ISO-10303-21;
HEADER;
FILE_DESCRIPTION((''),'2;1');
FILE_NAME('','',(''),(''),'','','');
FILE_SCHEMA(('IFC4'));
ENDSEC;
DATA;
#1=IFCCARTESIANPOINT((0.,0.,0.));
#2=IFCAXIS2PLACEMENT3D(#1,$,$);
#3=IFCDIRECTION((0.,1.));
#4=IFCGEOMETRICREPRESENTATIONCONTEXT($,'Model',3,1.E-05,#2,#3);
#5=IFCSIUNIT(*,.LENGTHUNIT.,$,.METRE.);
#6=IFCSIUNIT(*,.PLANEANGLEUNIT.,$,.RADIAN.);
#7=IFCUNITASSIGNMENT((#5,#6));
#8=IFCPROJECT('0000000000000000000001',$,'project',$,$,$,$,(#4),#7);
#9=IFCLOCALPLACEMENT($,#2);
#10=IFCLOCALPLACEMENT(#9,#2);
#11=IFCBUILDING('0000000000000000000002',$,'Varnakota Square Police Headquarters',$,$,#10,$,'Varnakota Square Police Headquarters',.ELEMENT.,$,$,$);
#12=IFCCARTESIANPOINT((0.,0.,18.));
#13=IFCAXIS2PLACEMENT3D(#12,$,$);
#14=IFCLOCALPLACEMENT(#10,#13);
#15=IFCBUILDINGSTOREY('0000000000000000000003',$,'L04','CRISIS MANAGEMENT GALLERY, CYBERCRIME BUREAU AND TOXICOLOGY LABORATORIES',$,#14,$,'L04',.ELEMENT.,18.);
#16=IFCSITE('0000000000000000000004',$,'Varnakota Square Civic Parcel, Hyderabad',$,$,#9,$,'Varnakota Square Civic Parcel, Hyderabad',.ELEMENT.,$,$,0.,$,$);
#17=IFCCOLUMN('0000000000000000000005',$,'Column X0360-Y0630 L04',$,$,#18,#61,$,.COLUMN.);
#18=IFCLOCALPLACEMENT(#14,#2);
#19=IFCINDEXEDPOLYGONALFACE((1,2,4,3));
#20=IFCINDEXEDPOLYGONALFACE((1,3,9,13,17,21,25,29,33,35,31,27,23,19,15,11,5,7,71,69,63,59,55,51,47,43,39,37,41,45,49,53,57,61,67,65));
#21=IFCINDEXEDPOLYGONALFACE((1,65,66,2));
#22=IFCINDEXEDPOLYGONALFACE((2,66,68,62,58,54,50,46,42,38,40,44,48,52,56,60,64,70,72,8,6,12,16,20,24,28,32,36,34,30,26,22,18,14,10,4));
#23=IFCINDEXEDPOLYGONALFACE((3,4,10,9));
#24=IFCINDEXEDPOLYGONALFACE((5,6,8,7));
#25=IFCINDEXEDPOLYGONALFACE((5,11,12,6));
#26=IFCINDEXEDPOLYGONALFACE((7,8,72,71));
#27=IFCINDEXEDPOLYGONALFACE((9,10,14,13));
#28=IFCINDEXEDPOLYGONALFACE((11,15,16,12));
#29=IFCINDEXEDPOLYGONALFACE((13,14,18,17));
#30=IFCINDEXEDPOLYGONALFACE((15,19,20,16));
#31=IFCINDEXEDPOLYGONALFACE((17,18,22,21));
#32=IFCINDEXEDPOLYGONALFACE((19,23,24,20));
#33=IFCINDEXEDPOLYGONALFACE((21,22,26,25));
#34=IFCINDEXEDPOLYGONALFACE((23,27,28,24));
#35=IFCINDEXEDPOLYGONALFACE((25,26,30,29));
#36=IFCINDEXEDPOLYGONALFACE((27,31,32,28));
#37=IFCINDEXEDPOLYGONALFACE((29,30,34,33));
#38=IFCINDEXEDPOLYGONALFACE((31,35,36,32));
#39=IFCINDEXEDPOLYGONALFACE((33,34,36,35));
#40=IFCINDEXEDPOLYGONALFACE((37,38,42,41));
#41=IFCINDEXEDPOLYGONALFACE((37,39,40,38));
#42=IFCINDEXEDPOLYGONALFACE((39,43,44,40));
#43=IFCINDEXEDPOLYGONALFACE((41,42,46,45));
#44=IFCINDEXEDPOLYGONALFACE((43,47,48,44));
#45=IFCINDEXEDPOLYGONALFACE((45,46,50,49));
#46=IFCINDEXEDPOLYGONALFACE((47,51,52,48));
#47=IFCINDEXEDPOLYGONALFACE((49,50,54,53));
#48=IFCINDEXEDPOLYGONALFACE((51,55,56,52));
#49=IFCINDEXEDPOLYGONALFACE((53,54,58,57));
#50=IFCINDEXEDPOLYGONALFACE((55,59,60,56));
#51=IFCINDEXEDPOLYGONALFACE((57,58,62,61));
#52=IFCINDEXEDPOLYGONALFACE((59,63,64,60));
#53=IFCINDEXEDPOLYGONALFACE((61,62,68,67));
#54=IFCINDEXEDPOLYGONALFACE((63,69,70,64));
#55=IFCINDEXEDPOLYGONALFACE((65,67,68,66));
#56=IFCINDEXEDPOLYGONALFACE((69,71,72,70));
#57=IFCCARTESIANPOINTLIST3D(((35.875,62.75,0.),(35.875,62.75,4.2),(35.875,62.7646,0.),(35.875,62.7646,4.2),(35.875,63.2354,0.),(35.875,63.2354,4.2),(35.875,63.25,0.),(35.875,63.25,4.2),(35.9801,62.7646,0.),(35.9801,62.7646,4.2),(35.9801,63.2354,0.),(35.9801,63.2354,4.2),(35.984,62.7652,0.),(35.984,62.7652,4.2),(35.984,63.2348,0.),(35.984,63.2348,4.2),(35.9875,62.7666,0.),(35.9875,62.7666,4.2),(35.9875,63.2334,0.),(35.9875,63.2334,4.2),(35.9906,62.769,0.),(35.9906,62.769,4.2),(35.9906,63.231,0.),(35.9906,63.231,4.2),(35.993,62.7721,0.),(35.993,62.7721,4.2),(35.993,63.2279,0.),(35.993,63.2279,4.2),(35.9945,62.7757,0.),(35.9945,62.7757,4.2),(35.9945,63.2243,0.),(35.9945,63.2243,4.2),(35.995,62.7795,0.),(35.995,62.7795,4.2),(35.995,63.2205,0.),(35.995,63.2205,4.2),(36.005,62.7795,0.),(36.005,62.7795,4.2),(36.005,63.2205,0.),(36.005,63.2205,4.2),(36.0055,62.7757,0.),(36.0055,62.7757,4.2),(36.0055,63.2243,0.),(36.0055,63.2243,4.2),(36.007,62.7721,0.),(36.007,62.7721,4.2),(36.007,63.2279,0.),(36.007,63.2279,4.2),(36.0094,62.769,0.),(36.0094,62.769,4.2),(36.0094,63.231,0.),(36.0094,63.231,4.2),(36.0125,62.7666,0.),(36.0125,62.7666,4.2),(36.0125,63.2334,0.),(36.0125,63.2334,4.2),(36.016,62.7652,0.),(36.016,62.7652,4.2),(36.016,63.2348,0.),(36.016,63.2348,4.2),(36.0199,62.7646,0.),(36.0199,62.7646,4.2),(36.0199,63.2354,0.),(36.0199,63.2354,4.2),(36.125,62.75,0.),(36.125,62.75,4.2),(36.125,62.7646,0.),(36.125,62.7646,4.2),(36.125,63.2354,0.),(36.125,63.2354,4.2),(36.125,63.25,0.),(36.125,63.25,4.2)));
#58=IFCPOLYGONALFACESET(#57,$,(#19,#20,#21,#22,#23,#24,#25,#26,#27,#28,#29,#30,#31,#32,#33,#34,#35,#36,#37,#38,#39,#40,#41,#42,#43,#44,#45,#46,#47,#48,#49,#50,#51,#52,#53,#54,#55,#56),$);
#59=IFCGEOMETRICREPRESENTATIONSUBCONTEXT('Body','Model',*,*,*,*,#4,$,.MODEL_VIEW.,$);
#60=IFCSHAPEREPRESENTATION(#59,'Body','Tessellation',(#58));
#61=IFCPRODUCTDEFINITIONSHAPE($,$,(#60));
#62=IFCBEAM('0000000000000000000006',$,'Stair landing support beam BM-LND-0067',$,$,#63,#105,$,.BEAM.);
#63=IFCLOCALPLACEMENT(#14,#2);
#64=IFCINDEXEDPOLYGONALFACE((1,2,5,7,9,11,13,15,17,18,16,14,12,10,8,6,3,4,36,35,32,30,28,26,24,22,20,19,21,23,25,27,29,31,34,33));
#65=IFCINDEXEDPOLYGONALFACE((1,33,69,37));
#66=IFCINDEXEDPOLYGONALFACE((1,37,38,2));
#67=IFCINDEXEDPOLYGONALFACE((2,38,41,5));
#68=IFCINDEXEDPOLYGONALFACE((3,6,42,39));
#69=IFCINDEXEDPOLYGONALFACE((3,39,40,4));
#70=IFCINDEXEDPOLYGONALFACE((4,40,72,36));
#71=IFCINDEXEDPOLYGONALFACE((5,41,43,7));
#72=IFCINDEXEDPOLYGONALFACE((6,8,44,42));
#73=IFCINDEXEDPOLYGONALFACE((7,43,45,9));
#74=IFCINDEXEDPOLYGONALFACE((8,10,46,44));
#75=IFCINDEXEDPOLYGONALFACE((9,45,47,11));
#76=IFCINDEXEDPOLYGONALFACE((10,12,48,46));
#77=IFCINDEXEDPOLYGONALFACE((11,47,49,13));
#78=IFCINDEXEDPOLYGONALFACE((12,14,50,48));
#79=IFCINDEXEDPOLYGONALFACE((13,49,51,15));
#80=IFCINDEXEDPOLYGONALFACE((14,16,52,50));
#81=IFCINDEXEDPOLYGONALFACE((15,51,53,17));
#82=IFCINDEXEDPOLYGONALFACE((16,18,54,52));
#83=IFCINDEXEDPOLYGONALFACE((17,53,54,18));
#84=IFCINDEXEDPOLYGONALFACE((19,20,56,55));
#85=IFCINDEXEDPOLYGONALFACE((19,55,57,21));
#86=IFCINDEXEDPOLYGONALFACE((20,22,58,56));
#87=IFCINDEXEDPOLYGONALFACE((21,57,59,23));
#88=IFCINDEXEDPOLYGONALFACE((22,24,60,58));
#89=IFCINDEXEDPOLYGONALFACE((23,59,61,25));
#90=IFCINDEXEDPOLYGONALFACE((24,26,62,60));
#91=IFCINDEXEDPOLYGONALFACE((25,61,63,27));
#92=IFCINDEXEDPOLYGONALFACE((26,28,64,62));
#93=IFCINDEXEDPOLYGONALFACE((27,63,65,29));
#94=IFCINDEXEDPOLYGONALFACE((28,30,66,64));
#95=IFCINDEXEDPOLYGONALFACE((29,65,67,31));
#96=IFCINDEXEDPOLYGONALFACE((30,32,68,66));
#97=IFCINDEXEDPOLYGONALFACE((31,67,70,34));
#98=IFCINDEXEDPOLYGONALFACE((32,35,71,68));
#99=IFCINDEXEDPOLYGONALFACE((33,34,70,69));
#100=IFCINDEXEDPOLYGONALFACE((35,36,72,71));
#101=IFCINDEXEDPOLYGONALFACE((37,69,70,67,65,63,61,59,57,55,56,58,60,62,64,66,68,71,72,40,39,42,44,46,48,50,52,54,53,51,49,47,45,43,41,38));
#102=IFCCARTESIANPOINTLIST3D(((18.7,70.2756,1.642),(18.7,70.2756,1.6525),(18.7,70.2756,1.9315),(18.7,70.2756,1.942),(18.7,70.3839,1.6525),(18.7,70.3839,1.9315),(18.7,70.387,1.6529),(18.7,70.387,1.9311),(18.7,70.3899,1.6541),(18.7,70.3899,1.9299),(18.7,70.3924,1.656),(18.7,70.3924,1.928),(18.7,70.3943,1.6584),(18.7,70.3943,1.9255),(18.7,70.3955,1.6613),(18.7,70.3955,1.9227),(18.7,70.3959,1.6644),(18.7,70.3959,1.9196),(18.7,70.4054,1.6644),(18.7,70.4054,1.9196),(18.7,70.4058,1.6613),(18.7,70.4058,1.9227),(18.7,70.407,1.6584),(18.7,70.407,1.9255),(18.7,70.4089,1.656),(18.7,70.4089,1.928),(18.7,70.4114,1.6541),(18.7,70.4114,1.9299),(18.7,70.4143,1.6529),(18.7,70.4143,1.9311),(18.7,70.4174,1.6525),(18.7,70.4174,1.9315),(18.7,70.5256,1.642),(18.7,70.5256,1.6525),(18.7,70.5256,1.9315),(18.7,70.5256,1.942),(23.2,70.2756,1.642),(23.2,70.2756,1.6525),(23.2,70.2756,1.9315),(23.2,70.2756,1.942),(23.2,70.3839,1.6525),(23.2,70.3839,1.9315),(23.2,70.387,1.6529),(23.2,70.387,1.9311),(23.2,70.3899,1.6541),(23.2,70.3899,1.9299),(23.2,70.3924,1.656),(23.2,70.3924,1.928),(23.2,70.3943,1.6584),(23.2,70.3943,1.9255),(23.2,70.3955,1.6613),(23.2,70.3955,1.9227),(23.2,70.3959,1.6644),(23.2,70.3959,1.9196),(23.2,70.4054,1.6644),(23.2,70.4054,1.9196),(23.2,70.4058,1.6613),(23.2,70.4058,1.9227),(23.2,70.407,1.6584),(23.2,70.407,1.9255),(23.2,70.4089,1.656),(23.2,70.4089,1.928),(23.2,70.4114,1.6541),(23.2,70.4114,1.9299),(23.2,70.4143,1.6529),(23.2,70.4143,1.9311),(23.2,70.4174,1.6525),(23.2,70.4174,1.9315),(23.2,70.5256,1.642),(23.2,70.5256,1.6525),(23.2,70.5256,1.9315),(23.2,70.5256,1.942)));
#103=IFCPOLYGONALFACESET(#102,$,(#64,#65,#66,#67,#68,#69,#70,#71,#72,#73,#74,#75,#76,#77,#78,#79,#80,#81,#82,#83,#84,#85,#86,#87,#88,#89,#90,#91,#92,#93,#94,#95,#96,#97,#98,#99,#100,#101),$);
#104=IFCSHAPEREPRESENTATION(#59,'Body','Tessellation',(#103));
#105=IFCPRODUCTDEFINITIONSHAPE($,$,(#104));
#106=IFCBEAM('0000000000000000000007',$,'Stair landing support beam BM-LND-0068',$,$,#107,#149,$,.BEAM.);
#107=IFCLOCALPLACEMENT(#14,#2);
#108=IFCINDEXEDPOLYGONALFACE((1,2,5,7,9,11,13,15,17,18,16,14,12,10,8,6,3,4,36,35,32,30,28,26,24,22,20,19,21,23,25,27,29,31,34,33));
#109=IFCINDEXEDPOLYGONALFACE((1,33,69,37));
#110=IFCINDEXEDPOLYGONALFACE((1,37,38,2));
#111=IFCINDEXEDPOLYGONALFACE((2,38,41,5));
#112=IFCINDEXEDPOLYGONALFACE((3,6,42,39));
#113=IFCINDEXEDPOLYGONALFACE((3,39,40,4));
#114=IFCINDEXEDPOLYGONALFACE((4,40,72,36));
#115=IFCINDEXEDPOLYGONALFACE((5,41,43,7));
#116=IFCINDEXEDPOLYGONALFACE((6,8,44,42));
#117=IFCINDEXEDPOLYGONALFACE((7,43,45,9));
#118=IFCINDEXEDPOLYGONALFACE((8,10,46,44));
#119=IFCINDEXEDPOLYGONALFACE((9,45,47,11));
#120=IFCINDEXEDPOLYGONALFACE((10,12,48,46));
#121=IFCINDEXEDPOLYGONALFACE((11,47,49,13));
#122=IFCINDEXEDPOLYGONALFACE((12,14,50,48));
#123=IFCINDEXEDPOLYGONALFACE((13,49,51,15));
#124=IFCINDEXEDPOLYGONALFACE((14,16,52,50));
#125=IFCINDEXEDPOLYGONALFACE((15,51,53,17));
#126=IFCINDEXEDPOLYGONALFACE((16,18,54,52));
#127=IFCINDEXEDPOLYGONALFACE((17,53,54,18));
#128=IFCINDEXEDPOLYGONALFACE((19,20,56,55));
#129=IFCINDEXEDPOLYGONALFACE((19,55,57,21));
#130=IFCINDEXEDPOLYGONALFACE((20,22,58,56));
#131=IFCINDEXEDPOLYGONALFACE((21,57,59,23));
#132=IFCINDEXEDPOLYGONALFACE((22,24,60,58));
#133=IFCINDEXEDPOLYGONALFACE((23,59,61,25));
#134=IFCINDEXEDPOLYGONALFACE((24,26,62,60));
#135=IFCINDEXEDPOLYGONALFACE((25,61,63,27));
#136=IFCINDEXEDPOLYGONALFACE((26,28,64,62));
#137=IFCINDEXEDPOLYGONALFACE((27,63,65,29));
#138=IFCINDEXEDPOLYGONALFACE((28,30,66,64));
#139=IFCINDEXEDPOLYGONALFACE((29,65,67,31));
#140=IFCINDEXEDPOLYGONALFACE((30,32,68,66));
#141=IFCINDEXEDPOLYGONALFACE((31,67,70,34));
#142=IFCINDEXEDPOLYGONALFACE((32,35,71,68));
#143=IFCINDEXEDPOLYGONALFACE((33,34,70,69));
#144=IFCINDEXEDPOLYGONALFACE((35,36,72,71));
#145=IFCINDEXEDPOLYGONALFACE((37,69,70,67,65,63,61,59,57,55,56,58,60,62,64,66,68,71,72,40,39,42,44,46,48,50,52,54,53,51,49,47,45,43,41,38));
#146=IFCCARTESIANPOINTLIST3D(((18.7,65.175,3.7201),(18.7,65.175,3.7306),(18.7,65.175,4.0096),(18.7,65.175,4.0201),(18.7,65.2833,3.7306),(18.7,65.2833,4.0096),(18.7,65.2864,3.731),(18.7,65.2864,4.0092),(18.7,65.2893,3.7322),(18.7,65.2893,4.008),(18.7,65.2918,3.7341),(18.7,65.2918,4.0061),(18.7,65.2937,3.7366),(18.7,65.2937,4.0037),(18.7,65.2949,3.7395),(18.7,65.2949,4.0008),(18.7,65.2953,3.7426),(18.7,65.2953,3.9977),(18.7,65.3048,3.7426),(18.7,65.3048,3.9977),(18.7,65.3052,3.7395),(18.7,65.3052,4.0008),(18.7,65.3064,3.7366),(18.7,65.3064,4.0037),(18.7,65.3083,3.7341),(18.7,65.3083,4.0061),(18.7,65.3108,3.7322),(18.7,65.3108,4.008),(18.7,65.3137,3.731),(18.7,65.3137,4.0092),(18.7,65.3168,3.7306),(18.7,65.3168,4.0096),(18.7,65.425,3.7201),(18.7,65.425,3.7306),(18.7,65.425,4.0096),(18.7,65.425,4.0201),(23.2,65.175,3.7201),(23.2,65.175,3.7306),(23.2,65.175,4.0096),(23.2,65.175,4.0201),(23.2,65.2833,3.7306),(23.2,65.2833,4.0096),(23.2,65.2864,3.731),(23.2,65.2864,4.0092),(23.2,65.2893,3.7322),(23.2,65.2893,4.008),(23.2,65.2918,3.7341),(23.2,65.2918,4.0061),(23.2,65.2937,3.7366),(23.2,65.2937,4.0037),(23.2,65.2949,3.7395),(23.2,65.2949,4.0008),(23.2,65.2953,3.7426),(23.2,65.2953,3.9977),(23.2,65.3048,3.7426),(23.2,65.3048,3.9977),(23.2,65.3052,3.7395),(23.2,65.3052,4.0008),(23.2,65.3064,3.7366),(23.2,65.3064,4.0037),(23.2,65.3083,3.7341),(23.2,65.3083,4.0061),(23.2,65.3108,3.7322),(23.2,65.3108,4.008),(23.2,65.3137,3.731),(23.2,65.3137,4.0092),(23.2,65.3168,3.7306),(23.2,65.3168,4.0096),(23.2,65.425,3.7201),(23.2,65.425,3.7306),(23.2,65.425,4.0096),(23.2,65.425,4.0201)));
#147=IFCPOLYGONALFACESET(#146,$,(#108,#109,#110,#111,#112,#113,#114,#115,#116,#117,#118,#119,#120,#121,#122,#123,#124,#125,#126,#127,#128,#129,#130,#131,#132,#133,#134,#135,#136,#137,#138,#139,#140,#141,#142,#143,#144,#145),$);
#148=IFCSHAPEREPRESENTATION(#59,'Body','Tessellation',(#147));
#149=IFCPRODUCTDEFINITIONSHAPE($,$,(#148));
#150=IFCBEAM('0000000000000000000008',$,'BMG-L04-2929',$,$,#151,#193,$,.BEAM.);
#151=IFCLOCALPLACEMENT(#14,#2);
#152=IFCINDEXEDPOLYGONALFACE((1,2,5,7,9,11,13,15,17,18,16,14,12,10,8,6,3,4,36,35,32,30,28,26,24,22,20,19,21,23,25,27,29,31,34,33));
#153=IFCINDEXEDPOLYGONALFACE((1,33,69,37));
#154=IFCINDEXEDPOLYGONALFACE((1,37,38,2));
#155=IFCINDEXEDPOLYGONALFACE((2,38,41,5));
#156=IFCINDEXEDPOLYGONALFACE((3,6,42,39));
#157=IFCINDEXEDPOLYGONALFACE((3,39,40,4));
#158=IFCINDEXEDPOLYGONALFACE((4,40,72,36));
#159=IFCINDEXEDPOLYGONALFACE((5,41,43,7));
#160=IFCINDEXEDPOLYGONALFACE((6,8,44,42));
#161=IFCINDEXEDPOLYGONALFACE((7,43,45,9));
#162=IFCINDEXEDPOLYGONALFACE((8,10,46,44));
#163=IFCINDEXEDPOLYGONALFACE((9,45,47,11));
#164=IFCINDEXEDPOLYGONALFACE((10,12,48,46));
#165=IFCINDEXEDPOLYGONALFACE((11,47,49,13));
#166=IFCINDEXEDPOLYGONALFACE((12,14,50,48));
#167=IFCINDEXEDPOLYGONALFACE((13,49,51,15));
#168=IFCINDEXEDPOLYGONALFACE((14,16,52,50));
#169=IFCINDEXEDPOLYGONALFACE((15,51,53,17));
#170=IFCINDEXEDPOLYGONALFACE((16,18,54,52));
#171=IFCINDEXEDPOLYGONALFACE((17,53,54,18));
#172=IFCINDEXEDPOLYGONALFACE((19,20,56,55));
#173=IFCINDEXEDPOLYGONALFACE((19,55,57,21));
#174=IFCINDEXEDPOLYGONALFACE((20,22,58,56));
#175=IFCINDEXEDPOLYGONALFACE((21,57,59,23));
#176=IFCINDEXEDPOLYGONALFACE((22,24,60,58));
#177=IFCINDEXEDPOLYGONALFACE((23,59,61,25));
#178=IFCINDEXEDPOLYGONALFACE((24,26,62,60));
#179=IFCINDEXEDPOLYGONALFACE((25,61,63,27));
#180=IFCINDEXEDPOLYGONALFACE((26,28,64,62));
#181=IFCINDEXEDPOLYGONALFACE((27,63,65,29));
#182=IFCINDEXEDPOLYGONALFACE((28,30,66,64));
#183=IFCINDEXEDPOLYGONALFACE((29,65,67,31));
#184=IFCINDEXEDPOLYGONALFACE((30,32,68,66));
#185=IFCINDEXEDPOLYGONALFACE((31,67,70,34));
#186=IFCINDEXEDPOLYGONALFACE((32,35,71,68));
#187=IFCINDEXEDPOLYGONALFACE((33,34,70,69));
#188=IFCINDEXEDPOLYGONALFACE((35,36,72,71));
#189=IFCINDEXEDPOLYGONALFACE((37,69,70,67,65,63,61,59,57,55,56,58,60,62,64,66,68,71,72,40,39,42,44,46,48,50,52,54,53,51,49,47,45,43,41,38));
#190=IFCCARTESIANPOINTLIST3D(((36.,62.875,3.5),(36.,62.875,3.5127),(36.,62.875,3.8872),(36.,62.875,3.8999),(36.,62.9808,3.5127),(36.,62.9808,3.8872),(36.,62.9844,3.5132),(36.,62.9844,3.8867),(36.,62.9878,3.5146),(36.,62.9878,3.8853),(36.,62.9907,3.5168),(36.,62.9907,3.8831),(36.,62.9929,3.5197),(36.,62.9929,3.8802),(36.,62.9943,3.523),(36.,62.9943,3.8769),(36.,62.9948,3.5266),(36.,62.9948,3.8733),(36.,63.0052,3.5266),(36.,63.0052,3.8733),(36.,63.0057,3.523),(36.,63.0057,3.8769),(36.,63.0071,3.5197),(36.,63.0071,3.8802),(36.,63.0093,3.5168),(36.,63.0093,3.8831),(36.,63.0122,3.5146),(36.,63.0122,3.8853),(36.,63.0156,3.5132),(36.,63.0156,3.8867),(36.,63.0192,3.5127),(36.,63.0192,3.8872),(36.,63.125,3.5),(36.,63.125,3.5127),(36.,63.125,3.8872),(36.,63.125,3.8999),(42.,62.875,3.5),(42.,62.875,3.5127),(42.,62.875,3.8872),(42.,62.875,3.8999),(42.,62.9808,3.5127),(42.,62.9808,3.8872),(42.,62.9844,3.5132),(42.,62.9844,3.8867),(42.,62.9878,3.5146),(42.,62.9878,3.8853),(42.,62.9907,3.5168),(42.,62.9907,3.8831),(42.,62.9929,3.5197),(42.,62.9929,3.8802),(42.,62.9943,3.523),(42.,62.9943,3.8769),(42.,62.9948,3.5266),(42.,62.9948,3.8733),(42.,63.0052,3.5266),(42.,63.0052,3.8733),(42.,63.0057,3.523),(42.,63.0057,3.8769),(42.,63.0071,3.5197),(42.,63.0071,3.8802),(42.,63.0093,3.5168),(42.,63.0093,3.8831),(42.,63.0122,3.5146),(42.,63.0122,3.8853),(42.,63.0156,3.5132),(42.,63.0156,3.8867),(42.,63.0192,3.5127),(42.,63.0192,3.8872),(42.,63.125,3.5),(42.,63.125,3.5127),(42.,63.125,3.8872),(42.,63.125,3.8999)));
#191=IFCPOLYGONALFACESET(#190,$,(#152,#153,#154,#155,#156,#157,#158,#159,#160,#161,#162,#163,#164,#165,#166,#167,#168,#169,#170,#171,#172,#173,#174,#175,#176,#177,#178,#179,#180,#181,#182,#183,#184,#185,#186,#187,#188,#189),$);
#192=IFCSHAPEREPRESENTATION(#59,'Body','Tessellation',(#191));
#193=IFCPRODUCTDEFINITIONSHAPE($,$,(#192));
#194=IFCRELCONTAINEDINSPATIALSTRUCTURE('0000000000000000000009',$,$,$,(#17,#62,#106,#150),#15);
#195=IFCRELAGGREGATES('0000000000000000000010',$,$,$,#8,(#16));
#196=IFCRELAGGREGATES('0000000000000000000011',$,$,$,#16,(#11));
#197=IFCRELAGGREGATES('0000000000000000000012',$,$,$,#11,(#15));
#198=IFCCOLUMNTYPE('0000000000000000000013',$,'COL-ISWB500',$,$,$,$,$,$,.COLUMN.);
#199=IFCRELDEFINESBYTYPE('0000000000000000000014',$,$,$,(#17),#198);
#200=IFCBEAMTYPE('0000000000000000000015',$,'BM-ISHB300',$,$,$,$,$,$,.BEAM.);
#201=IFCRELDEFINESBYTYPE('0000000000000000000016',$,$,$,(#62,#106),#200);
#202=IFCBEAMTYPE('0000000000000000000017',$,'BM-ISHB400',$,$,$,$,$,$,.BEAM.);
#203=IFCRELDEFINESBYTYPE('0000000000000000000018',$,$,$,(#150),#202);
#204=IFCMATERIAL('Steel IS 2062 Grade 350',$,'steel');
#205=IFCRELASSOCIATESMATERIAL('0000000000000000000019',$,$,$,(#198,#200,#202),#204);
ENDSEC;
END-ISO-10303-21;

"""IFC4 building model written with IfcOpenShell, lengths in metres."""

from ifc_helpers import new_model, si_unit, direction, frame, origin, origin_2d, place, context, subcontext, project, spatial, i_section, extrude, material, material_profile, profile_set, type_object, element, save


model = new_model("IFC4")

# Units and contexts
model_context = context("Model", 3, precision=1e-05, world=origin(), true_north=direction((0.0, 1.0)))
body_context = subcontext(model_context, "Body", "Model", "MODEL_VIEW")
ifc_project = project(units=[si_unit("LENGTHUNIT", "METRE"), si_unit("PLANEANGLEUNIT", "RADIAN")], contexts=[model_context])

# Site, building, storey
site_placement = place(None, origin())
site = spatial("IfcSite", under=ifc_project, at=site_placement, Name="Varnakota Square Civic Parcel, Hyderabad", LongName="Varnakota Square Civic Parcel, Hyderabad", CompositionType="ELEMENT", RefElevation=0.0)
building_placement = place(site_placement, origin())
building = spatial("IfcBuilding", under=site, at=building_placement, Name="Varnakota Square Police Headquarters", LongName="Varnakota Square Police Headquarters", CompositionType="ELEMENT")
storey_placement = place(building_placement, frame((0.0, 0.0, 18.0)))
storey = spatial("IfcBuildingStorey", under=building, at=storey_placement, Name="L04", Description="CRISIS MANAGEMENT GALLERY, CYBERCRIME BUREAU AND TOXICOLOGY LABORATORIES", LongName="L04", CompositionType="ELEMENT", Elevation=18.0)

# Column
ifc_material_1 = material(Name="Steel IS 2062 Grade 350", Category="steel")
ifc_material_profile_1 = material_profile(ifc_material_1, i_section(OverallWidth=0.25, OverallDepth=0.5, WebThickness=0.01, FlangeThickness=0.0146, FilletRadius=0.0149, at=origin_2d()), Name="ISWB 500")
ifc_profile_set_1 = profile_set([ifc_material_profile_1], Name="Steel IS 2062 Grade 350")
column_type = type_object("IfcColumnType", Name="COL-ISWB500", PredefinedType="COLUMN", material=ifc_profile_set_1)
column_placement = place(storey_placement, frame((36.0, 63.0, 0.0), z_axis=(0.0, 0.0, 1.0), x_axis=(1.0, 0.0, 0.0)))
element("IfcColumn", 1, at=column_placement, inside=storey, type_object=column_type, Name="Column X0360-Y0630 L04", PredefinedType="COLUMN", context=body_context, shape_type="SweptSolid", body=[
    extrude(i_section(OverallWidth=0.25, OverallDepth=0.5, WebThickness=0.01, FlangeThickness=0.0146, FilletRadius=0.0149, at=origin_2d()), origin(), (0.0, 0.0, 1.0), 4.2),
])

# Beams
ifc_material_profile_2 = material_profile(ifc_material_1, i_section(OverallWidth=0.25, OverallDepth=0.3, WebThickness=0.0095, FlangeThickness=0.0105, FilletRadius=0.012, at=origin_2d()), Name="ISHB 300")
ifc_profile_set_2 = profile_set([ifc_material_profile_2], Name="Steel IS 2062 Grade 350")
beam_type_1 = type_object("IfcBeamType", Name="BM-ISHB300", PredefinedType="BEAM", material=ifc_profile_set_2)
for number, where, z_axis, x_axis, name in (
    (2, (18.7, 70.4006, 1.792), (1.0, 0.0, 0.0), (0.0, 1.0, 0.0), "Stair landing support beam BM-LND-0067"),
    (3, (18.7, 65.3, 3.8701), (1.0, 0.0, 0.0), (0.0, 1.0, 0.0), "Stair landing support beam BM-LND-0068"),
):
    element("IfcBeam", number, at=place(storey_placement, frame(where, z_axis=z_axis, x_axis=x_axis)), inside=storey, type_object=beam_type_1, Name=name, PredefinedType="BEAM", context=body_context, shape_type="SweptSolid", body=[
        extrude(i_section(OverallWidth=0.25, OverallDepth=0.3, WebThickness=0.0095, FlangeThickness=0.0105, FilletRadius=0.012, at=origin_2d()), origin(), (0.0, 0.0, 1.0), 4.5),
    ])
ifc_material_profile_3 = material_profile(ifc_material_1, i_section(OverallWidth=0.25, OverallDepth=0.3999, WebThickness=0.0105, FlangeThickness=0.0127, FilletRadius=0.0139, at=origin_2d()), Name="ISHB 400")
ifc_profile_set_3 = profile_set([ifc_material_profile_3], Name="Steel IS 2062 Grade 350")
beam_type_2 = type_object("IfcBeamType", Name="BM-ISHB400", PredefinedType="BEAM", material=ifc_profile_set_3)
beam_placement = place(storey_placement, frame((36.0, 63.0, 3.7), z_axis=(1.0, 0.0, 0.0), x_axis=(0.0, 1.0, 0.0)))
element("IfcBeam", 4, at=beam_placement, inside=storey, type_object=beam_type_2, Name="BMG-L04-2929", PredefinedType="BEAM", context=body_context, shape_type="SweptSolid", body=[
    extrude(i_section(OverallWidth=0.25, OverallDepth=0.3999, WebThickness=0.0105, FlangeThickness=0.0127, FilletRadius=0.0139, at=origin_2d()), origin(), (0.0, 0.0, 1.0), 6.0),
])

save(model, "model.ifc")
